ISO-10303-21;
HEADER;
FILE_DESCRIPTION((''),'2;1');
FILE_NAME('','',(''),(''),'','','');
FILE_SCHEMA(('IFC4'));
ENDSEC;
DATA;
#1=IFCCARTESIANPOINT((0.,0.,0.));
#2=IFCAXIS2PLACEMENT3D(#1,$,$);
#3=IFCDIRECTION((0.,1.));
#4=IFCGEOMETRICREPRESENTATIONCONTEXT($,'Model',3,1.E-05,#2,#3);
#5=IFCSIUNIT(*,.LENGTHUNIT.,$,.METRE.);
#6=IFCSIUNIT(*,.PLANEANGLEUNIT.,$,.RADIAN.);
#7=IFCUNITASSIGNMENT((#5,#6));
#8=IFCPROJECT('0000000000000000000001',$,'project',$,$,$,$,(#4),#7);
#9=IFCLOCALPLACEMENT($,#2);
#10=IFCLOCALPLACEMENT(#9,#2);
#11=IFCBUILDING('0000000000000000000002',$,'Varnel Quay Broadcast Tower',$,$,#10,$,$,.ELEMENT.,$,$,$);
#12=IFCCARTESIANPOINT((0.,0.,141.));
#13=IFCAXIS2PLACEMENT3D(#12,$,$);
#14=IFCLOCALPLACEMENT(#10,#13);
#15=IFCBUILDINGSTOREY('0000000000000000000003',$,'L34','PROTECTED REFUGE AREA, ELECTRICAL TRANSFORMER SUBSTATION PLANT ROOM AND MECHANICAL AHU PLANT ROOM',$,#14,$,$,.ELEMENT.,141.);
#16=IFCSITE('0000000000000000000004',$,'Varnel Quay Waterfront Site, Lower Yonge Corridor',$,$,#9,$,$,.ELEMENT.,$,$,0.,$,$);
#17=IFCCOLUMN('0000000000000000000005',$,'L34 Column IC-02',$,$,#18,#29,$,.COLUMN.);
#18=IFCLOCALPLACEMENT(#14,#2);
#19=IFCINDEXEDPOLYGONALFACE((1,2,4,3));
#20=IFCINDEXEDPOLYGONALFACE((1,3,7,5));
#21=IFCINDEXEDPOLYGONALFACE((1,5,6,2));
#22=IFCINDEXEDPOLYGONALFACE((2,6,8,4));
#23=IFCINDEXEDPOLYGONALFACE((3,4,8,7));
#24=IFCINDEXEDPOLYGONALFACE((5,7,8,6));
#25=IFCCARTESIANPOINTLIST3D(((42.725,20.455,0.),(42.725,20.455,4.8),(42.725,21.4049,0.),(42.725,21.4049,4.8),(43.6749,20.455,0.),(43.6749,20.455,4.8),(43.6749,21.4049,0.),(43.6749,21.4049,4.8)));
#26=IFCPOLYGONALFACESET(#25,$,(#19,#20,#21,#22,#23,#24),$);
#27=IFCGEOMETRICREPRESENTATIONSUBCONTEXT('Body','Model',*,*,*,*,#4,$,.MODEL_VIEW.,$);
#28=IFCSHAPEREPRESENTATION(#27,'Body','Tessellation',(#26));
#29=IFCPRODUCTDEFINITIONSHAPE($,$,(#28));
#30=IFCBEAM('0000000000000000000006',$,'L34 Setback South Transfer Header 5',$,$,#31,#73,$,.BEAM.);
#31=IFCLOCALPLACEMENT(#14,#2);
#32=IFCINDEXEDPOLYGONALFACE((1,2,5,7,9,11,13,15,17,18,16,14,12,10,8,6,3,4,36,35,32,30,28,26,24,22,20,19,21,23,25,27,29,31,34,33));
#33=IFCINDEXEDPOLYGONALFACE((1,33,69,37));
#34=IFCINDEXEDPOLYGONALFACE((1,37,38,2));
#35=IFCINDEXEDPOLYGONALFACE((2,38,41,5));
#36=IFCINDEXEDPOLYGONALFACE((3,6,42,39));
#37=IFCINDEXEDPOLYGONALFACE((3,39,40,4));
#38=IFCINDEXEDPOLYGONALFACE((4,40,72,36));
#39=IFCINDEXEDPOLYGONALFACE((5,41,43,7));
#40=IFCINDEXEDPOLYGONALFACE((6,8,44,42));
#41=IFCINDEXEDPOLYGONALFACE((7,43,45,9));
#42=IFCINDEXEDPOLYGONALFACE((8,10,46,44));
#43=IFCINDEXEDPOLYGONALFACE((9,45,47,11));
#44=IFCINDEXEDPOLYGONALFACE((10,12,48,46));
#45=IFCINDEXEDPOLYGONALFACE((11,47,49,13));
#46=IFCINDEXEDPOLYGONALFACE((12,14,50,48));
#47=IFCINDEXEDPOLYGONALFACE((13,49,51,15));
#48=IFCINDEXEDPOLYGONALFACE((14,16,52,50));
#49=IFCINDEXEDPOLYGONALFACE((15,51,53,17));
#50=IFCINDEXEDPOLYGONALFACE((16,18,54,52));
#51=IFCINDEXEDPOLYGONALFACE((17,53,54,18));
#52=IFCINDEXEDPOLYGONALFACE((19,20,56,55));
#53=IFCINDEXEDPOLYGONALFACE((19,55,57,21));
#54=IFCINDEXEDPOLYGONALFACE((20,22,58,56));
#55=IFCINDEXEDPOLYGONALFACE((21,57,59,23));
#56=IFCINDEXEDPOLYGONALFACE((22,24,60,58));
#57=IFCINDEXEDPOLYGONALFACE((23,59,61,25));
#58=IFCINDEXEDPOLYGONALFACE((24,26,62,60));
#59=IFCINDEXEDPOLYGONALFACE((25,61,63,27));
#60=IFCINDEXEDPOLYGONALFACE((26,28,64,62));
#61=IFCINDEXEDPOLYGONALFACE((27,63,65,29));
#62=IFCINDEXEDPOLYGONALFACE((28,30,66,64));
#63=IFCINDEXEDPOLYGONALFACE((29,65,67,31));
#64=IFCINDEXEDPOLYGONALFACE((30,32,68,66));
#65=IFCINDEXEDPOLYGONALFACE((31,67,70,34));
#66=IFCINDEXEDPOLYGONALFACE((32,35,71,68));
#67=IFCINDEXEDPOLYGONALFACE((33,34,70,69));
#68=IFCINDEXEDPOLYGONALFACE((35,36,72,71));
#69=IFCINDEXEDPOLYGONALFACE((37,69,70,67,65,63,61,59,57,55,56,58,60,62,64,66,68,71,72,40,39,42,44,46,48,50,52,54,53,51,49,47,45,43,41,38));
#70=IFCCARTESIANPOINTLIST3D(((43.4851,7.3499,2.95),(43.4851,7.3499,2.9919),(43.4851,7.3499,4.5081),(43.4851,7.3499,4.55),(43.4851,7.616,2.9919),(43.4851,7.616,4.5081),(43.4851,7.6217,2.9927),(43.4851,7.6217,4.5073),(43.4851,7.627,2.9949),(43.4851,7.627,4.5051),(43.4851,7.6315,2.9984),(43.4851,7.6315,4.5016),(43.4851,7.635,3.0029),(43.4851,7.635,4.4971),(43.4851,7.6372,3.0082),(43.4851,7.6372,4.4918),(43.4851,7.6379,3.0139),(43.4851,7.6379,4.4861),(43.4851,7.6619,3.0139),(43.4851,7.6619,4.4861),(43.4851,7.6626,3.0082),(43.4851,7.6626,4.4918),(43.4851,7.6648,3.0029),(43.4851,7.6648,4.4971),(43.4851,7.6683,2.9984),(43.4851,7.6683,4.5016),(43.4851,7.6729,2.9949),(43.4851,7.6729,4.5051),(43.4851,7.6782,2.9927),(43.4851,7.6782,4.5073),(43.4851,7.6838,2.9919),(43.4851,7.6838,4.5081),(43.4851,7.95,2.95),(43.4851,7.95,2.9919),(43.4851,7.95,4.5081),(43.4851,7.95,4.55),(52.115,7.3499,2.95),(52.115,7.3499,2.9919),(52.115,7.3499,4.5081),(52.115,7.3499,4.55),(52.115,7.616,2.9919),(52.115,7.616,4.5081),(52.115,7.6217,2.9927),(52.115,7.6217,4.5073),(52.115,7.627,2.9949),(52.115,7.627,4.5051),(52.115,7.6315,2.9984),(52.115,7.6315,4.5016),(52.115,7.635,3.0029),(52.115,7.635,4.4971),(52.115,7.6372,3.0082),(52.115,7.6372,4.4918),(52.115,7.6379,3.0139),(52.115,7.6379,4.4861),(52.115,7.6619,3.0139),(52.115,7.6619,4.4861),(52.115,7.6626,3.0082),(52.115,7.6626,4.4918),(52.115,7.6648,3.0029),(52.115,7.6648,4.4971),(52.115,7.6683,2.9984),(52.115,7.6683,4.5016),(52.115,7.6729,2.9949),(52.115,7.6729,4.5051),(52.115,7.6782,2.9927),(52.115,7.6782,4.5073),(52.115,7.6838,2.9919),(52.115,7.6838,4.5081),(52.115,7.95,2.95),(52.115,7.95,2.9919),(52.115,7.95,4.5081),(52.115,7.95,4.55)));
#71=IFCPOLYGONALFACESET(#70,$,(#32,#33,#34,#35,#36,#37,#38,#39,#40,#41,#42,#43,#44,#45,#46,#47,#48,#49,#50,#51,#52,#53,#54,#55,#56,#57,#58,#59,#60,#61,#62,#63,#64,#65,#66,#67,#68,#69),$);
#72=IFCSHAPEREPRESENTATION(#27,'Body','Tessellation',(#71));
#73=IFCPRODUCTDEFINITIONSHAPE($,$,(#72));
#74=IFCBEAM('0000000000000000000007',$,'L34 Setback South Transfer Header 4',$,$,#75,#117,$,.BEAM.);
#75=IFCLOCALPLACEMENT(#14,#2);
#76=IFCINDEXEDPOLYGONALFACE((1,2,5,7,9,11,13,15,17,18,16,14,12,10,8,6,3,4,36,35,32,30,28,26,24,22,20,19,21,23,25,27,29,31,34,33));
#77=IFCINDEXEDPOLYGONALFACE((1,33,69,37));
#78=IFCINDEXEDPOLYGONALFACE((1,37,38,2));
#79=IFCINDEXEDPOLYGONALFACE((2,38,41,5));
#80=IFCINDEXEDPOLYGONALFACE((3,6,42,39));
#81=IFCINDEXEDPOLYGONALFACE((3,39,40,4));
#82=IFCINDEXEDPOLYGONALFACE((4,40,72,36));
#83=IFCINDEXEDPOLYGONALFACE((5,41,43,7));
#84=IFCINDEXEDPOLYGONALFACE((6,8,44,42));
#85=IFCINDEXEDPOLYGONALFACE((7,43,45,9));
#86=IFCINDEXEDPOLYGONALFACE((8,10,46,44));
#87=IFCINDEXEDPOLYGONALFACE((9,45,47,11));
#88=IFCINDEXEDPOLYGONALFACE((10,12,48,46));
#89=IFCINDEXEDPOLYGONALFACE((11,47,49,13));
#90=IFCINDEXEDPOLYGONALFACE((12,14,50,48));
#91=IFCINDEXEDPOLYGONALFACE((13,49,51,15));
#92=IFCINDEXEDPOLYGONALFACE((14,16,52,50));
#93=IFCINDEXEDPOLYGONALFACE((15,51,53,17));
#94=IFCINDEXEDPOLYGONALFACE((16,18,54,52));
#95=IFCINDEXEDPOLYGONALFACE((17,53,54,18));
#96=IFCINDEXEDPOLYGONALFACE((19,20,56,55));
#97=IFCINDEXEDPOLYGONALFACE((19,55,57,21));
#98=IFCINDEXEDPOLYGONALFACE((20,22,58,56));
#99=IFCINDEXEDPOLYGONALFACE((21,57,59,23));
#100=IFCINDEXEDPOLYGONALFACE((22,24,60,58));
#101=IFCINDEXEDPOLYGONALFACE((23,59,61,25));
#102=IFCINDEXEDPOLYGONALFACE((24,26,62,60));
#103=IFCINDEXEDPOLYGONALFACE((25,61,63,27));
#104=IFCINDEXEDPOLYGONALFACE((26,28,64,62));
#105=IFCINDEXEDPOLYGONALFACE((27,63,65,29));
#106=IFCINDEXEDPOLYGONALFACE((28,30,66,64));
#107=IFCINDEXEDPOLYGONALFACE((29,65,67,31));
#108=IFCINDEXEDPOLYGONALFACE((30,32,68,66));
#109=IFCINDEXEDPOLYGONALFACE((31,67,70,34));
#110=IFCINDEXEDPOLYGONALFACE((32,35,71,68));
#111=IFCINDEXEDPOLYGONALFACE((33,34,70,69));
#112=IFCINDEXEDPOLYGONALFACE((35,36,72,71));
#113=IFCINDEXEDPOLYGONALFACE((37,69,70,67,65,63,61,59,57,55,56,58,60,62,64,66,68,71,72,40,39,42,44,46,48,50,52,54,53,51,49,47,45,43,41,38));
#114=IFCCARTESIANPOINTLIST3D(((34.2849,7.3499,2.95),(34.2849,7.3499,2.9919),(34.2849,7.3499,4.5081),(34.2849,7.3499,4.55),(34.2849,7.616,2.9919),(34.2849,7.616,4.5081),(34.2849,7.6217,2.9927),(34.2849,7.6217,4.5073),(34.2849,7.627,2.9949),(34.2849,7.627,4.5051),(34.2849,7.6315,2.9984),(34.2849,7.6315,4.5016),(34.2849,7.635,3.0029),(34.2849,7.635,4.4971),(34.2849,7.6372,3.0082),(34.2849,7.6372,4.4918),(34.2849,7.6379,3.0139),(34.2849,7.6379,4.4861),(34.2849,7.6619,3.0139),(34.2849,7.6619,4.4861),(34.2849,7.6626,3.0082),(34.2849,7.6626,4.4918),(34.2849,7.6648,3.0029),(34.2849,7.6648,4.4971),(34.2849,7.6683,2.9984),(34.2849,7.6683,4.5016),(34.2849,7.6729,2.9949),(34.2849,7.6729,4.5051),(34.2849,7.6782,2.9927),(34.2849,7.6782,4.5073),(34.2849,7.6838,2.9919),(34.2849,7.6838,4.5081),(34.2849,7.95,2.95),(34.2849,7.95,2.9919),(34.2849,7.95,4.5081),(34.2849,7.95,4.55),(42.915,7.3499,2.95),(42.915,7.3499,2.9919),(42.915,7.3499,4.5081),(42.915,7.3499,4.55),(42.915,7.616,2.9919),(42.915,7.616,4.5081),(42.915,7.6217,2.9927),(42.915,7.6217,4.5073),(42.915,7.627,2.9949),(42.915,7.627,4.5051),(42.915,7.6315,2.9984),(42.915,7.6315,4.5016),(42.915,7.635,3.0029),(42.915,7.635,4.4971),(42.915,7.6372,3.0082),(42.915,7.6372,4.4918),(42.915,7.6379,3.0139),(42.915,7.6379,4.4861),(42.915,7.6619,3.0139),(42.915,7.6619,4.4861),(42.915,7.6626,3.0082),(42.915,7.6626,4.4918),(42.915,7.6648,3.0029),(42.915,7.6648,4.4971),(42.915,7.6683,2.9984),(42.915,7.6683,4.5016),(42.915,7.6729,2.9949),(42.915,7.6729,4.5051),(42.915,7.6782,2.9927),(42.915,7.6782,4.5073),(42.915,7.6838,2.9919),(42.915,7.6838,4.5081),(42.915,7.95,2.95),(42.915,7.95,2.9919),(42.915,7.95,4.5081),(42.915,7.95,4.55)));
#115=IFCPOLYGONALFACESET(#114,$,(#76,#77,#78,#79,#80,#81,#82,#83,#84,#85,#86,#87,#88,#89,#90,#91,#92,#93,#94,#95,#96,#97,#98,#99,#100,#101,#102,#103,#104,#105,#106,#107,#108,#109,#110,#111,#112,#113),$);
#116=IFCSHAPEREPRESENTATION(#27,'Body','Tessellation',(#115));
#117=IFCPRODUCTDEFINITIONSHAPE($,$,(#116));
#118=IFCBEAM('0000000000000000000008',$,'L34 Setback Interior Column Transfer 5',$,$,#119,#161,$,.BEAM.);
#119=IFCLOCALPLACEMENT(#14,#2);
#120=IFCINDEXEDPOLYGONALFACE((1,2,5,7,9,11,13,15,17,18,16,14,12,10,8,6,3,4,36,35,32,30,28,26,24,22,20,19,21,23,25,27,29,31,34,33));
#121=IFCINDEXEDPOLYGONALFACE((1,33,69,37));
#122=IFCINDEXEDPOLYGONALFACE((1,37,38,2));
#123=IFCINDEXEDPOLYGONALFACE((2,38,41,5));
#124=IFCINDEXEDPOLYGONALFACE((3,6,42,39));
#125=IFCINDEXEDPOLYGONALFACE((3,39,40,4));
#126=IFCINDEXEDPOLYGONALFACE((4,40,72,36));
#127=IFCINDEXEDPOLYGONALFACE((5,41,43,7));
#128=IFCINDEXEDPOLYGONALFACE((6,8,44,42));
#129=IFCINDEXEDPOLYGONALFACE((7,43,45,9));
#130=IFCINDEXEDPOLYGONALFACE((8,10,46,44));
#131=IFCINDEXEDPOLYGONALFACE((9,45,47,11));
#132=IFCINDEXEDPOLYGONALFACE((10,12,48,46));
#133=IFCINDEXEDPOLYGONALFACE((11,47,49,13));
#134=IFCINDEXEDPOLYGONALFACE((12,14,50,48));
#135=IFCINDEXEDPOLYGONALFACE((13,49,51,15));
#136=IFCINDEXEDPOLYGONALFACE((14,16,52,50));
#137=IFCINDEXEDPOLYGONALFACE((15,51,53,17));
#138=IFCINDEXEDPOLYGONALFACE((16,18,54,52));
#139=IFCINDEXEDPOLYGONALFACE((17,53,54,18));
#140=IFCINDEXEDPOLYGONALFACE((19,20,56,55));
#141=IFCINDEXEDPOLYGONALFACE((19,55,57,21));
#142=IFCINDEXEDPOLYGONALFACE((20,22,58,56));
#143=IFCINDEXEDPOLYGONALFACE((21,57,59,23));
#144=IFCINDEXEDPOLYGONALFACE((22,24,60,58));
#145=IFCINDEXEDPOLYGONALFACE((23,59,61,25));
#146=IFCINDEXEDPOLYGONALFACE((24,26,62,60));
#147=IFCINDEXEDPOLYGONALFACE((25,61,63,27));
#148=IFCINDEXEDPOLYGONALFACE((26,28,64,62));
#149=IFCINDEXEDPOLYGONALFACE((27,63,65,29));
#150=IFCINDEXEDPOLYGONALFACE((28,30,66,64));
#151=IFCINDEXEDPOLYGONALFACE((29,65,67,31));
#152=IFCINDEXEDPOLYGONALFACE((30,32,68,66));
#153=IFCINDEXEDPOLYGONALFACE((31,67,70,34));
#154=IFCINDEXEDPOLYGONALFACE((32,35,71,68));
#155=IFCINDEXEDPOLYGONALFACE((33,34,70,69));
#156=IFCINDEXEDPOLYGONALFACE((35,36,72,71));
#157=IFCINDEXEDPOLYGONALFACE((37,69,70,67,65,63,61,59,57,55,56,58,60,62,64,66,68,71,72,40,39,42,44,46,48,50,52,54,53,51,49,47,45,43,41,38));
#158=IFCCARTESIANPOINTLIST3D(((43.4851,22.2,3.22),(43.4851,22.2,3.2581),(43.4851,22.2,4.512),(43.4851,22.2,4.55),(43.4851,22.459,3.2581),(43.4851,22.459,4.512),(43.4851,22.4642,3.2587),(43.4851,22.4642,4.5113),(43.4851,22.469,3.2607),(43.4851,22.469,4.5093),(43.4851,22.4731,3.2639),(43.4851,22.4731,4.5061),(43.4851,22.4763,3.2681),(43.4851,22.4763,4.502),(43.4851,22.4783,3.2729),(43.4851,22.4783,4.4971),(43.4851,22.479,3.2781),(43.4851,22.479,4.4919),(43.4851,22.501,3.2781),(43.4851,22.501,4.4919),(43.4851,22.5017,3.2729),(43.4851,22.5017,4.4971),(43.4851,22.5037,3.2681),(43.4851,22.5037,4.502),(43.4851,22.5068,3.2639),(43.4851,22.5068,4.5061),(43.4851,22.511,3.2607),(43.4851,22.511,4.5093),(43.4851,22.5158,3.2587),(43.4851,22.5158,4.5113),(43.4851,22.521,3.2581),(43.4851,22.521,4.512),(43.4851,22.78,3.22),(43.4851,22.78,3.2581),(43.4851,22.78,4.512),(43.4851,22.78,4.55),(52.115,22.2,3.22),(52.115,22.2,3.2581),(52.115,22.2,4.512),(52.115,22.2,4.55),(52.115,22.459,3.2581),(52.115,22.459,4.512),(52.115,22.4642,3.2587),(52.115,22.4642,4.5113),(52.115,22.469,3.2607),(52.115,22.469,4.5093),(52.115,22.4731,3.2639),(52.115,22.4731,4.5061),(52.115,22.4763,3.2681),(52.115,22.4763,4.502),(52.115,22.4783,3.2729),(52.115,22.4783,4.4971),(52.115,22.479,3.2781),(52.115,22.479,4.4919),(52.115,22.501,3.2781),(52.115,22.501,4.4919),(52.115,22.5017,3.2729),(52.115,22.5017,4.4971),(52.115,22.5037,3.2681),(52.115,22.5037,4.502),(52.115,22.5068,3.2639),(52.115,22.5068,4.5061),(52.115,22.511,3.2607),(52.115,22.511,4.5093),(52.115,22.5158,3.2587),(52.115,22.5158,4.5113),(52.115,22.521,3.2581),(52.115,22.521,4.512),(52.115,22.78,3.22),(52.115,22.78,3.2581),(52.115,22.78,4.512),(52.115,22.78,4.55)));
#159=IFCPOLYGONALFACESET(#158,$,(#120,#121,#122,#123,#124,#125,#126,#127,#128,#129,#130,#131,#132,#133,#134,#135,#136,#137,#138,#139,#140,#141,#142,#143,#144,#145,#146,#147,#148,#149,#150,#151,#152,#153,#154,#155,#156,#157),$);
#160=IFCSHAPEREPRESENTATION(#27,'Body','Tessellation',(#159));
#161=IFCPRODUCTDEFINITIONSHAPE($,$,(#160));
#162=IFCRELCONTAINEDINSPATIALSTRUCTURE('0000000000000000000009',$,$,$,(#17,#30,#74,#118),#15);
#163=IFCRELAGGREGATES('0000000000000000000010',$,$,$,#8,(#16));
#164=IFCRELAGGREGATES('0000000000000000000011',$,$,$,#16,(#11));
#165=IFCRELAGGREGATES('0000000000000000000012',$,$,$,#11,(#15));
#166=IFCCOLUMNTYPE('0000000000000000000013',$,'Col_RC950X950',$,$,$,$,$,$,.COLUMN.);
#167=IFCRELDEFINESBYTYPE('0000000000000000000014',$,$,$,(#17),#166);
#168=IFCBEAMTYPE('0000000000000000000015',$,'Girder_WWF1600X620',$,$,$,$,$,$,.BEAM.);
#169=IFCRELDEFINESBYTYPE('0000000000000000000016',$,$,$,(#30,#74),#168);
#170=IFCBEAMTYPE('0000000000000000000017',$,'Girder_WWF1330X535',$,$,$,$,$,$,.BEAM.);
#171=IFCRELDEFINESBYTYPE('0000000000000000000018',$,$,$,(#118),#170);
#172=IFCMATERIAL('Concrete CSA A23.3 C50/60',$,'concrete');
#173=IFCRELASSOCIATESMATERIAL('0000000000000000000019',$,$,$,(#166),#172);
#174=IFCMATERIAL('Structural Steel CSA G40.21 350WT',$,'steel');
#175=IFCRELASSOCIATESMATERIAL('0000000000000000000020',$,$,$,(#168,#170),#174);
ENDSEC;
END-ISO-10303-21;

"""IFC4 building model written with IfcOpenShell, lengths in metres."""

from ifc_helpers import new_model, si_unit, direction, frame, origin, origin_2d, place, context, subcontext, project, spatial, rectangle, i_section, extrude, source, transform, mapped, material, material_profile, profile_set, type_object, type_shapes, element, save


model = new_model("IFC4")

# Units and contexts
model_context = context("Model", 3, precision=1e-05, world=origin(), true_north=direction((0.0, 1.0)))
body_context = subcontext(model_context, "Body", "Model", "MODEL_VIEW")
ifc_project = project(units=[si_unit("LENGTHUNIT", "METRE"), si_unit("PLANEANGLEUNIT", "RADIAN")], contexts=[model_context])

# Site, building, storey
site_placement = place(None, origin())
site = spatial("IfcSite", under=ifc_project, at=site_placement, Name="Varnel Quay Waterfront Site, Lower Yonge Corridor", CompositionType="ELEMENT", RefElevation=0.0)
building_placement = place(site_placement, origin())
building = spatial("IfcBuilding", under=site, at=building_placement, Name="Varnel Quay Broadcast Tower", CompositionType="ELEMENT")
storey_placement = place(building_placement, frame((0.0, 0.0, 141.0)))
storey = spatial("IfcBuildingStorey", under=building, at=storey_placement, Name="L34", Description="PROTECTED REFUGE AREA, ELECTRICAL TRANSFORMER SUBSTATION PLANT ROOM AND MECHANICAL AHU PLANT ROOM", CompositionType="ELEMENT", Elevation=141.0)

# Column
ifc_material_1 = material(Name="Concrete CSA A23.3 C50/60", Category="concrete")
ifc_material_profile_1 = material_profile(ifc_material_1, rectangle(XDim=0.95, YDim=0.95, at=origin_2d()), Name="RC950X950")
ifc_profile_set_1 = profile_set([ifc_material_profile_1], Name="Concrete CSA A23.3 C50/60")
column_type = type_object("IfcColumnType", Name="Col_RC950X950", PredefinedType="COLUMN", material=ifc_profile_set_1)
shared_shape_1 = source(origin(), body_context, "Body", "SweptSolid", [
    extrude(rectangle(XDim=0.95, YDim=0.95, at=origin_2d()), origin(), (0.0, 0.0, 1.0), 4.8),
])
type_shapes(column_type, [shared_shape_1])
column_placement = place(storey_placement, frame((43.2, 20.9299, 0.0), z_axis=(0.0, 0.0, 1.0), x_axis=(1.0, 0.0, 0.0)))
element("IfcColumn", 1, at=column_placement, inside=storey, type_object=column_type, Name="L34 Column IC-02", PredefinedType="COLUMN", context=body_context, shape_type="MappedRepresentation", body=[
    mapped(shared_shape_1, transform((0.0, 0.0, 0.0), x_axis=(1.0, 0.0, 0.0), y_axis=(0.0, 1.0, 0.0), z_axis=(0.0, 0.0, 1.0), scale=1.0)),
])

# Beams
ifc_material_2 = material(Name="Structural Steel CSA G40.21 350WT", Category="steel")
ifc_material_profile_2 = material_profile(ifc_material_2, i_section(OverallWidth=0.6001, OverallDepth=1.6001, WebThickness=0.0239, FlangeThickness=0.042, FilletRadius=0.022, at=origin_2d()), Name="WWF1600X620")
ifc_profile_set_2 = profile_set([ifc_material_profile_2], Name="Structural Steel CSA G40.21 350WT")
beam_type_1 = type_object("IfcBeamType", Name="Girder_WWF1600X620", PredefinedType="BEAM", material=ifc_profile_set_2)
shared_shape_2 = source(origin(), body_context, "Body", "SweptSolid", [
    extrude(i_section(OverallWidth=0.6001, OverallDepth=1.6001, WebThickness=0.0239, FlangeThickness=0.042, FilletRadius=0.022, at=origin_2d()), origin(), (0.0, 0.0, 1.0), 8.6299),
])
beam_1_placement = place(storey_placement, frame((43.4851, 7.6499, 3.75), z_axis=(1.0, 0.0, 0.0), x_axis=(0.0, 1.0, 0.0)))
element("IfcBeam", 2, at=beam_1_placement, inside=storey, type_object=beam_type_1, Name="L34 Setback South Transfer Header 5", PredefinedType="BEAM", context=body_context, shape_type="MappedRepresentation", body=[
    mapped(shared_shape_2, transform((0.0, 0.0, 0.0), x_axis=(1.0, 0.0, 0.0), y_axis=(0.0, 1.0, 0.0), z_axis=(0.0, 0.0, 1.0), scale=1.0)),
])
shared_shape_3 = source(origin(), body_context, "Body", "SweptSolid", [
    extrude(i_section(OverallWidth=0.6001, OverallDepth=1.6001, WebThickness=0.0239, FlangeThickness=0.042, FilletRadius=0.022, at=origin_2d()), origin(), (0.0, 0.0, 1.0), 8.6301),
])
beam_2_placement = place(storey_placement, frame((34.2849, 7.6499, 3.75), z_axis=(1.0, 0.0, 0.0), x_axis=(0.0, 1.0, 0.0)))
element("IfcBeam", 3, at=beam_2_placement, inside=storey, type_object=beam_type_1, Name="L34 Setback South Transfer Header 4", PredefinedType="BEAM", context=body_context, shape_type="MappedRepresentation", body=[
    mapped(shared_shape_3, transform((0.0, 0.0, 0.0), x_axis=(1.0, 0.0, 0.0), y_axis=(0.0, 1.0, 0.0), z_axis=(0.0, 0.0, 1.0), scale=1.0)),
])
ifc_material_profile_3 = material_profile(ifc_material_2, i_section(OverallWidth=0.5801, OverallDepth=1.3301, WebThickness=0.022, FlangeThickness=0.0381, FilletRadius=0.02, at=origin_2d()), Name="WWF1330X535")
ifc_profile_set_3 = profile_set([ifc_material_profile_3], Name="Structural Steel CSA G40.21 350WT")
beam_type_2 = type_object("IfcBeamType", Name="Girder_WWF1330X535", PredefinedType="BEAM", material=ifc_profile_set_3)
shared_shape_4 = source(origin(), body_context, "Body", "SweptSolid", [
    extrude(i_section(OverallWidth=0.5801, OverallDepth=1.3301, WebThickness=0.022, FlangeThickness=0.0381, FilletRadius=0.02, at=origin_2d()), origin(), (0.0, 0.0, 1.0), 8.6299),
])
beam_3_placement = place(storey_placement, frame((43.4851, 22.49, 3.885), z_axis=(1.0, 0.0, 0.0), x_axis=(0.0, 1.0, 0.0)))
element("IfcBeam", 4, at=beam_3_placement, inside=storey, type_object=beam_type_2, Name="L34 Setback Interior Column Transfer 5", PredefinedType="BEAM", context=body_context, shape_type="MappedRepresentation", body=[
    mapped(shared_shape_4, transform((0.0, 0.0, 0.0), x_axis=(1.0, 0.0, 0.0), y_axis=(0.0, 1.0, 0.0), z_axis=(0.0, 0.0, 1.0), scale=1.0)),
])

save(model, "model.ifc")
